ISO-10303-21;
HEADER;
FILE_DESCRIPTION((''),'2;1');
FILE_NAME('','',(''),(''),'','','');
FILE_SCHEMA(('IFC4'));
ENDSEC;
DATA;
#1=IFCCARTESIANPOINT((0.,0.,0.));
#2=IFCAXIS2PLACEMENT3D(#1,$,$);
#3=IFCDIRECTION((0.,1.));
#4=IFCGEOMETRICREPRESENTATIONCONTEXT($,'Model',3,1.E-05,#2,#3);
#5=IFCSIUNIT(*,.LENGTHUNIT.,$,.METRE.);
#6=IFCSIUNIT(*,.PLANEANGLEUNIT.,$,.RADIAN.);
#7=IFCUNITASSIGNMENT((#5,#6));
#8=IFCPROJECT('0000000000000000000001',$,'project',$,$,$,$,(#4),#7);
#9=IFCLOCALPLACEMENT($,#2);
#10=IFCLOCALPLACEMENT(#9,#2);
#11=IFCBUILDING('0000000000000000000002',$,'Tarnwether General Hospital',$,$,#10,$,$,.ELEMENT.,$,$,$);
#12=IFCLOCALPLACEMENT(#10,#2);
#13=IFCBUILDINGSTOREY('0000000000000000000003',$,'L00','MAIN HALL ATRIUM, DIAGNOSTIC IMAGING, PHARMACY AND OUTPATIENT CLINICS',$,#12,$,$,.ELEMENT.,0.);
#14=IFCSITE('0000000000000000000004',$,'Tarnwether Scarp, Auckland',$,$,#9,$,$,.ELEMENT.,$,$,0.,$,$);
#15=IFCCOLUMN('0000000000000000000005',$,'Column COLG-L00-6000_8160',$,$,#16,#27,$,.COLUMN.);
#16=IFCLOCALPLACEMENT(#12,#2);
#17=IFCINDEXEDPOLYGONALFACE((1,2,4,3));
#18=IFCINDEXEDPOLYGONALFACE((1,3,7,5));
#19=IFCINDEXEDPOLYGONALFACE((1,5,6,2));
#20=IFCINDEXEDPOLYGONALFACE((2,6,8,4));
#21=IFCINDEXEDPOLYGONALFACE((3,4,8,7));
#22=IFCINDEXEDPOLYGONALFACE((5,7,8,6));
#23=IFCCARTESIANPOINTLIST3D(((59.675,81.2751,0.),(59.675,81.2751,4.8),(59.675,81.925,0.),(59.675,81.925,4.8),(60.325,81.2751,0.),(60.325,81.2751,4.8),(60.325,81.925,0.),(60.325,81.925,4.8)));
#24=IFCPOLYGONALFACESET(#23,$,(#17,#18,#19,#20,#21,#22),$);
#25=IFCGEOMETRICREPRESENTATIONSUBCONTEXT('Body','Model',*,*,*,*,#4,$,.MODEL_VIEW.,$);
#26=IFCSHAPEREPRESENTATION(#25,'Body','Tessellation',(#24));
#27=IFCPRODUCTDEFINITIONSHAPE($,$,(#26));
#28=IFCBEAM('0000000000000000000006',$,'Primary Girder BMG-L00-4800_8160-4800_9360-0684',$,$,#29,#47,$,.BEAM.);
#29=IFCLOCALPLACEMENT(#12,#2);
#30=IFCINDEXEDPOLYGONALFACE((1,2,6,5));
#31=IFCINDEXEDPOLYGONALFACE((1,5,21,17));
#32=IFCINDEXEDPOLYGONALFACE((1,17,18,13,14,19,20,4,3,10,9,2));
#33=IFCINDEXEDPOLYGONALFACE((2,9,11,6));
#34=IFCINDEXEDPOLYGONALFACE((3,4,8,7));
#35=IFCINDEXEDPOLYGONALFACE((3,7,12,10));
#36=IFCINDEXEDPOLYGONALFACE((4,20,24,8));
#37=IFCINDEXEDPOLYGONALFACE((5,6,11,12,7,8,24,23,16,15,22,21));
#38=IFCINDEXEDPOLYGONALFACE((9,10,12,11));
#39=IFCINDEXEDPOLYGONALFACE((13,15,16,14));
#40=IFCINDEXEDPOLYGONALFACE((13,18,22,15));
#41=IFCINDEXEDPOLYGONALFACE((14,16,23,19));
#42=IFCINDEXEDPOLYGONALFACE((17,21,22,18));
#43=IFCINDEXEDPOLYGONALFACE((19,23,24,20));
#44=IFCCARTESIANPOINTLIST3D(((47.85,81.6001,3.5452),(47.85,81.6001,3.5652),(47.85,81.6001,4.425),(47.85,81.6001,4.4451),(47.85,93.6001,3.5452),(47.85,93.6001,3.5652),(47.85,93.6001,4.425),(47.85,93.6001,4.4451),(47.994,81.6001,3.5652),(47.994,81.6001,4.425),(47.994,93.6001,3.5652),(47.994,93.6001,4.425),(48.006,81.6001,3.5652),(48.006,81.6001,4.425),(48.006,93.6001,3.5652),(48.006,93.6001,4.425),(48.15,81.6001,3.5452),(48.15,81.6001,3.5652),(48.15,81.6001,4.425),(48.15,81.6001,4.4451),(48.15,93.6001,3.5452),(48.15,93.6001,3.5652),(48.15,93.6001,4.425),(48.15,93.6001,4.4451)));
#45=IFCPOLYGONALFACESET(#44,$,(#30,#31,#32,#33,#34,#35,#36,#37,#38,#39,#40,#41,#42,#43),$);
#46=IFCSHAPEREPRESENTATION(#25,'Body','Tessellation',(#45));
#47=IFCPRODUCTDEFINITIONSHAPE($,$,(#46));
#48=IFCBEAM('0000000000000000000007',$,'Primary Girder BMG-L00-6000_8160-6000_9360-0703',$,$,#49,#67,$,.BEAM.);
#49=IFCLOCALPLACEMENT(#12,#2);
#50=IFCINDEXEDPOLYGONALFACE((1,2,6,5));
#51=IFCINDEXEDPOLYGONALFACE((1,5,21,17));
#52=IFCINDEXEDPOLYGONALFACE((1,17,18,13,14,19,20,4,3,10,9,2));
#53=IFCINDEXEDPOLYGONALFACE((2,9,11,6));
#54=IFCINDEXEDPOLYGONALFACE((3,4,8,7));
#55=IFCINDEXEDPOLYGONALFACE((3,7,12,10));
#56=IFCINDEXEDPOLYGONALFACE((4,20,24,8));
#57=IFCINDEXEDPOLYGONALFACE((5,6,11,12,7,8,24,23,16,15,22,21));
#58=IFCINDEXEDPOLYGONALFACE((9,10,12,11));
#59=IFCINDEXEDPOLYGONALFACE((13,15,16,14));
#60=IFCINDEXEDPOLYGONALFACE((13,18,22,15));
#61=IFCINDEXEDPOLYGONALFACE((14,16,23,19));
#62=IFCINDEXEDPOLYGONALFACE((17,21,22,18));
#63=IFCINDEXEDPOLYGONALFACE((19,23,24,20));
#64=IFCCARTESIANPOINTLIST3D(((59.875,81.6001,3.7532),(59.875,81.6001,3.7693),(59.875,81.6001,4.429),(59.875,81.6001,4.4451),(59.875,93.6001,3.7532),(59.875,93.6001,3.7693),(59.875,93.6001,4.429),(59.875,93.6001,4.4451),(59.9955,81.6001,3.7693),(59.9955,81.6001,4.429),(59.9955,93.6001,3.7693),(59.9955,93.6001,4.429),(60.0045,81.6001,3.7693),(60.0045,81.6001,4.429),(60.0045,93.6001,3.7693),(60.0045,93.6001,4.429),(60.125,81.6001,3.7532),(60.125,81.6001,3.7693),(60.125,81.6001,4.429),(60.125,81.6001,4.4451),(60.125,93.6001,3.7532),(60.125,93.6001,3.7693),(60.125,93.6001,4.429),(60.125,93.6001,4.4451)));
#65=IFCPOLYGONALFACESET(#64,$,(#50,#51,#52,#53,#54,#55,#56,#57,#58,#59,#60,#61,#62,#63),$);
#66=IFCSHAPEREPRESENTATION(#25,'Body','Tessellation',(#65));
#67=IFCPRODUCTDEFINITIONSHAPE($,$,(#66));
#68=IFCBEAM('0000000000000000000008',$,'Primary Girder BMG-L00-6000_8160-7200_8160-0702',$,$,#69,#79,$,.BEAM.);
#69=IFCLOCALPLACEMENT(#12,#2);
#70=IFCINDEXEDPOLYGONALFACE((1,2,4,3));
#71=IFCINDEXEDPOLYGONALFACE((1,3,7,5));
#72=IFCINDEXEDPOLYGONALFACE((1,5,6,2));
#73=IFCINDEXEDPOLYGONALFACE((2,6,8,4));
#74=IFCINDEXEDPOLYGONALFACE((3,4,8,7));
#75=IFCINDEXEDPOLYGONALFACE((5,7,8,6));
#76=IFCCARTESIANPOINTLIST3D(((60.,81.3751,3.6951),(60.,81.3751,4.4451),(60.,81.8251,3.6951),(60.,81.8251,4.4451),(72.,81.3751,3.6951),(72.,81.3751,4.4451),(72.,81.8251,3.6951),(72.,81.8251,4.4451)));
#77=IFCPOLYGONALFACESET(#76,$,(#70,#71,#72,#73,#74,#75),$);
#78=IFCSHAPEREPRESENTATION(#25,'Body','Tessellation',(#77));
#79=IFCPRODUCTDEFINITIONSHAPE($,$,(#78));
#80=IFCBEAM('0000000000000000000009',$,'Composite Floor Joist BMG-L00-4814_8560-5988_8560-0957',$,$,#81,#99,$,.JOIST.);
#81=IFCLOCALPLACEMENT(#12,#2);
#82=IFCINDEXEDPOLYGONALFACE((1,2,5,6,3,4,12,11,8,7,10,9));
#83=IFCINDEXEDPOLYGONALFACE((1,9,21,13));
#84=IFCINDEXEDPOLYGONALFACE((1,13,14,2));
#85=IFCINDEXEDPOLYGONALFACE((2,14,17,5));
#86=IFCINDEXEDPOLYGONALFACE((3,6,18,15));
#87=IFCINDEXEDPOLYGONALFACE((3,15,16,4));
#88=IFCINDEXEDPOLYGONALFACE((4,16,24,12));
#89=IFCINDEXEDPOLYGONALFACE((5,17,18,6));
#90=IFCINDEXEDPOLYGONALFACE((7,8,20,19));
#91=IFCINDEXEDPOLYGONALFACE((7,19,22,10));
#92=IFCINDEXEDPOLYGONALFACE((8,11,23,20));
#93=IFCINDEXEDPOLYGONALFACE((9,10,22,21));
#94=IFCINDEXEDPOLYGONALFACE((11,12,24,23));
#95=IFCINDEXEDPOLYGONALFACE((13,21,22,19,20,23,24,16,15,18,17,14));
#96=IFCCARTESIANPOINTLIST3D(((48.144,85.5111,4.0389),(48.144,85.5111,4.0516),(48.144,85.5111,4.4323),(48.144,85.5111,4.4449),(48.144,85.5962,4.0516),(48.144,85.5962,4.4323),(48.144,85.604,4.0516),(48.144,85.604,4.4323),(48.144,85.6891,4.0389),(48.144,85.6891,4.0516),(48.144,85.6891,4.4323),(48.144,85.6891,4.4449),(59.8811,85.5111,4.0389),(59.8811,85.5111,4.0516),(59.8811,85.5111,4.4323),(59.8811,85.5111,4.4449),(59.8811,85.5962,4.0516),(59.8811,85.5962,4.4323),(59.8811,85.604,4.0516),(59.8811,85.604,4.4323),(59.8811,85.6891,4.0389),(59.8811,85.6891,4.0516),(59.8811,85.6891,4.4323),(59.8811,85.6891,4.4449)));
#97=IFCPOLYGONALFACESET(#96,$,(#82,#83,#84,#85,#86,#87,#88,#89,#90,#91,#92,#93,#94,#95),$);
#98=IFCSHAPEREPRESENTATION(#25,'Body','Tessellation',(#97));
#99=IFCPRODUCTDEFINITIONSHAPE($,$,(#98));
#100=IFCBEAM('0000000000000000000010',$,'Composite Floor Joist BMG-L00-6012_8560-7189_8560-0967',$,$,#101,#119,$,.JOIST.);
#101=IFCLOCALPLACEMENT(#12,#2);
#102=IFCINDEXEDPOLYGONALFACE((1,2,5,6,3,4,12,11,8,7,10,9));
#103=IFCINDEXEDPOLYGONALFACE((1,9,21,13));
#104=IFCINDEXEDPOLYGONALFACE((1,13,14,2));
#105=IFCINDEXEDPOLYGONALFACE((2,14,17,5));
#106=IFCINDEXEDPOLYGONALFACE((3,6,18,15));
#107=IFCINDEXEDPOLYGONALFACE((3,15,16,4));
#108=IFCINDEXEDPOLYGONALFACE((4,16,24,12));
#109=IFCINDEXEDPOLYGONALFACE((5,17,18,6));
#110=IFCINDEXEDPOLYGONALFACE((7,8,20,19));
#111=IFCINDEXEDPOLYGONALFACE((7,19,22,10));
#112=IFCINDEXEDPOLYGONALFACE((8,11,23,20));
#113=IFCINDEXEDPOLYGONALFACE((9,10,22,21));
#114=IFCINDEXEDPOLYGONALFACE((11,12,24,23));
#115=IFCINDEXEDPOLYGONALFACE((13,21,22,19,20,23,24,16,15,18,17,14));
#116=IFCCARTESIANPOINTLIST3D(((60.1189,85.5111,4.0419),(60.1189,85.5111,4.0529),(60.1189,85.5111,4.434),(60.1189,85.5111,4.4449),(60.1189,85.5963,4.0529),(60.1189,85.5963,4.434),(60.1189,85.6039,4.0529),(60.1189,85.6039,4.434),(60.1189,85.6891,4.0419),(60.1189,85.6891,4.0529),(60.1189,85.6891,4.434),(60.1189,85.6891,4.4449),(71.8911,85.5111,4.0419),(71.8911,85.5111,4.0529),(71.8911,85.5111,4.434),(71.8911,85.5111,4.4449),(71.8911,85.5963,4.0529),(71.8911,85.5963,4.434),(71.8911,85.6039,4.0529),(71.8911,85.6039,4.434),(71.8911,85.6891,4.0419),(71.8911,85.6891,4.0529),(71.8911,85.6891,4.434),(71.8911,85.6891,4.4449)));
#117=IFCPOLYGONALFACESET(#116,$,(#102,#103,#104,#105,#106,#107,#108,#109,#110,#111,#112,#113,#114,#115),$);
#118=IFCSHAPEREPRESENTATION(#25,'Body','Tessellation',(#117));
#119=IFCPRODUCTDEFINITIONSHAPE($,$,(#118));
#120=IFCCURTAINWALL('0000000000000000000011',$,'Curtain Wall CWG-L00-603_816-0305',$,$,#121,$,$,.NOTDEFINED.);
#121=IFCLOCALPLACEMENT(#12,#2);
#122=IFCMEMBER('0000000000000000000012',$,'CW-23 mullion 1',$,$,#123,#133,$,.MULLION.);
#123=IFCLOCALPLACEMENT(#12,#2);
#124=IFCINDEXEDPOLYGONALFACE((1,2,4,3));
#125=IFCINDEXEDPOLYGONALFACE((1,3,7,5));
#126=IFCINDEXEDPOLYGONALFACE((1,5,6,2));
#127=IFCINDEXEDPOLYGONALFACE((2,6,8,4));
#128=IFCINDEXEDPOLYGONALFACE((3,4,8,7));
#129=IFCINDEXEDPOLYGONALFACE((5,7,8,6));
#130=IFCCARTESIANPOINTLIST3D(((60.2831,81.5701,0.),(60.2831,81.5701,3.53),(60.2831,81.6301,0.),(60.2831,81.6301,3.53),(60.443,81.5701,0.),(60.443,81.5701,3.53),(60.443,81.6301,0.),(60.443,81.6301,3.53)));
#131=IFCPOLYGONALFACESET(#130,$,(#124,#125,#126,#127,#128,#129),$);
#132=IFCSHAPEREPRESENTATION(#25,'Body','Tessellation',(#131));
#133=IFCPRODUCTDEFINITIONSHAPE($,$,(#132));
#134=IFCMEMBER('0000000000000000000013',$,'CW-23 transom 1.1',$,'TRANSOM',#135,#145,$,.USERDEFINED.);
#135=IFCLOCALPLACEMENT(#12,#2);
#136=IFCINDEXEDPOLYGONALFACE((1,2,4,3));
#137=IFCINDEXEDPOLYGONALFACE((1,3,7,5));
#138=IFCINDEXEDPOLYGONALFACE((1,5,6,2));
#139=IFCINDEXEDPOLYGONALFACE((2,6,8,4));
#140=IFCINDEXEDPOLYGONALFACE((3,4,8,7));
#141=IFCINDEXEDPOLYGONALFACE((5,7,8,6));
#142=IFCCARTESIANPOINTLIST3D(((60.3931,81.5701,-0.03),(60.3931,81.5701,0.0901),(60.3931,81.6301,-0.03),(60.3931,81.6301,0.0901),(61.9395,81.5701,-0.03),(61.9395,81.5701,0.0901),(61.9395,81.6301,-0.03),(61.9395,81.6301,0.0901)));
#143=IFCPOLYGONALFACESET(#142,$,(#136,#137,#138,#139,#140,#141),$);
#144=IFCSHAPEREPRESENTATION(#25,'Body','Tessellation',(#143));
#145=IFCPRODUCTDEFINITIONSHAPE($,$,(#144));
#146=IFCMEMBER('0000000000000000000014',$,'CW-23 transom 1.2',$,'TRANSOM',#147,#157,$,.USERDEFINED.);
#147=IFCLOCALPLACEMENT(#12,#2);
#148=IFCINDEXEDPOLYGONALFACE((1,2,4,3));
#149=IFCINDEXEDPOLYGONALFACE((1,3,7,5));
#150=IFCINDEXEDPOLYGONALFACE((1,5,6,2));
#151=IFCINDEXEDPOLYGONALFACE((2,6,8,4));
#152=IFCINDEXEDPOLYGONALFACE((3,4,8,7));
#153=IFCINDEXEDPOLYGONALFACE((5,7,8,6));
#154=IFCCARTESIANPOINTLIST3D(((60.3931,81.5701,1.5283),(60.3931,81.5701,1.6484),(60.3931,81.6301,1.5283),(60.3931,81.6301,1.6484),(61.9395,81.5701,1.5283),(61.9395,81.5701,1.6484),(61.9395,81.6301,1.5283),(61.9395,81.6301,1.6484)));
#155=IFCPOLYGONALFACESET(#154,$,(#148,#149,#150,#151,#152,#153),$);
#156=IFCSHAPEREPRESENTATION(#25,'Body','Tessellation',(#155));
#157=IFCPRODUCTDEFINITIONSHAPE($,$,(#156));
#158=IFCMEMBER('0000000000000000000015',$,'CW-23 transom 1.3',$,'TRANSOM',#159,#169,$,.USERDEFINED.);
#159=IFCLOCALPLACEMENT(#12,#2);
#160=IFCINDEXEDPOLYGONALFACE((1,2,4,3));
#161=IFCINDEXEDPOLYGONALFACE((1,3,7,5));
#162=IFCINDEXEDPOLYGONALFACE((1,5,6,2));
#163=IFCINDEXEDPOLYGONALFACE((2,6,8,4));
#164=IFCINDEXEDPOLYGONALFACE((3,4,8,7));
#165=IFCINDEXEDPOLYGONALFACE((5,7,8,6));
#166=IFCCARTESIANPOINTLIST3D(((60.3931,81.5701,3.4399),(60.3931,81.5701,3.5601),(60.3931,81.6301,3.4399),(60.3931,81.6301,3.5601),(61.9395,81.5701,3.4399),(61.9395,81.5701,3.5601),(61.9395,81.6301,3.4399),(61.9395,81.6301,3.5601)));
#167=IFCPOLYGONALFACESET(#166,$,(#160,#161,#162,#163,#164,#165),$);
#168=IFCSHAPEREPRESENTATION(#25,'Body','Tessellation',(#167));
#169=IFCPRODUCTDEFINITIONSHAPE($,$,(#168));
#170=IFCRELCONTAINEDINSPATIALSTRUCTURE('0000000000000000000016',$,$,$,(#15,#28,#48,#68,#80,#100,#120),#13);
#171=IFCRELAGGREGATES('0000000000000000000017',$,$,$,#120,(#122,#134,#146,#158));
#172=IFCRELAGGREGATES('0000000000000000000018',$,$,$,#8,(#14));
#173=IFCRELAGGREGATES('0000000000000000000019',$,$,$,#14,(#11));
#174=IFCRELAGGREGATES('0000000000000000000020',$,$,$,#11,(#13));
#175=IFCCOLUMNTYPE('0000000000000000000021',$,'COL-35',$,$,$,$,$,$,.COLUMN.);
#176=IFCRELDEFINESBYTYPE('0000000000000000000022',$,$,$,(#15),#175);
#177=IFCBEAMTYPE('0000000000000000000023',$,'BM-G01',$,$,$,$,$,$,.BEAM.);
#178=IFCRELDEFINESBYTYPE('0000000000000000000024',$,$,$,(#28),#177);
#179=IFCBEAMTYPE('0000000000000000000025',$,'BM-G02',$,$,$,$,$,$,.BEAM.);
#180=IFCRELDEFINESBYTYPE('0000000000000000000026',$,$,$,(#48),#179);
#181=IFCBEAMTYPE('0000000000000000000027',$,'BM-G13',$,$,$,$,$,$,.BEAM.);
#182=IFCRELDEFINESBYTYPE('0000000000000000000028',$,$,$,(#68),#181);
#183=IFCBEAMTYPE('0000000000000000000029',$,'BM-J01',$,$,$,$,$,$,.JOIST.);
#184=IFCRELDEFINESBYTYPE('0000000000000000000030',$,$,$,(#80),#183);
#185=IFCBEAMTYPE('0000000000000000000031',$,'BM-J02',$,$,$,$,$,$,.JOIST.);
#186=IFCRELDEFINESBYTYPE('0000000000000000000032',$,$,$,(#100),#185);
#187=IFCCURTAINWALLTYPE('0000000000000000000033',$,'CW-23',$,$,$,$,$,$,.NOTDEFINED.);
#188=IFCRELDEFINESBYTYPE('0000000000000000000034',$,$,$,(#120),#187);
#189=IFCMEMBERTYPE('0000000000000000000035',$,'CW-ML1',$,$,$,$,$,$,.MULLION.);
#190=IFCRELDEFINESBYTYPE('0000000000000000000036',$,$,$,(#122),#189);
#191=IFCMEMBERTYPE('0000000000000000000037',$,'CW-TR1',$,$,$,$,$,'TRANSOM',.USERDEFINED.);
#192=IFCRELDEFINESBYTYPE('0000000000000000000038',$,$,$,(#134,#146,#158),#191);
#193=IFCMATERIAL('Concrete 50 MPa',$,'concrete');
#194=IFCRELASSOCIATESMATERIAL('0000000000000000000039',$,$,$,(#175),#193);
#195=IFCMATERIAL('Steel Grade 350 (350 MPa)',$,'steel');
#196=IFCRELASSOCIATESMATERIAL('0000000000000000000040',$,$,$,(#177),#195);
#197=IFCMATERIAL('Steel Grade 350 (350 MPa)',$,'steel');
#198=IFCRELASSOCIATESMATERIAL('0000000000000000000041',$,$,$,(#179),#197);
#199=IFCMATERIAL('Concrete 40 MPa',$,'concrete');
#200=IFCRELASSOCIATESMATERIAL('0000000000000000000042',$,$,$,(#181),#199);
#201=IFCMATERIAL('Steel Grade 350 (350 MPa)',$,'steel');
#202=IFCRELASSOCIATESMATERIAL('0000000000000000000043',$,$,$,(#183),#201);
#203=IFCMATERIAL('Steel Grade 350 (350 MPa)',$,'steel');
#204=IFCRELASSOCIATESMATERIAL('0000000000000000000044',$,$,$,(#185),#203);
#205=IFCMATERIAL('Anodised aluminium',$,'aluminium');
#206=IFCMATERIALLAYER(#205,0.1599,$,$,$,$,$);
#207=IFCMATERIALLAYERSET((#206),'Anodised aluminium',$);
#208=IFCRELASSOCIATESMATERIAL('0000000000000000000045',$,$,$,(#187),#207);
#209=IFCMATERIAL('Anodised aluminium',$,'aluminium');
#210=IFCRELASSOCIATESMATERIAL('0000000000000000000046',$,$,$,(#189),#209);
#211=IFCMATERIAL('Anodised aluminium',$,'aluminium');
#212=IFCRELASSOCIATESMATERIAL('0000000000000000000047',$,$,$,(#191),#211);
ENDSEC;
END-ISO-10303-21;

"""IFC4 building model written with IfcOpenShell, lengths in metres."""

from ifc_helpers import new_model, si_unit, direction, frame, origin, origin_2d, place, context, subcontext, project, spatial, rectangle, i_section, extrude, material, layer, layer_set, material_profile, profile_set, type_object, element, aggregate, save


model = new_model("IFC4")

# Units and contexts
model_context = context("Model", 3, precision=1e-05, world=origin(), true_north=direction((0.0, 1.0)))
body_context = subcontext(model_context, "Body", "Model", "MODEL_VIEW")
ifc_project = project(units=[si_unit("LENGTHUNIT", "METRE"), si_unit("PLANEANGLEUNIT", "RADIAN")], contexts=[model_context])

# Site, building, storey
site_placement = place(None, origin())
site = spatial("IfcSite", under=ifc_project, at=site_placement, Name="Tarnwether Scarp, Auckland", CompositionType="ELEMENT", RefElevation=0.0)
building_placement = place(site_placement, origin())
building = spatial("IfcBuilding", under=site, at=building_placement, Name="Tarnwether General Hospital", CompositionType="ELEMENT")
storey_placement = place(building_placement, origin())
storey = spatial("IfcBuildingStorey", under=building, at=storey_placement, Name="L00", Description="MAIN HALL ATRIUM, DIAGNOSTIC IMAGING, PHARMACY AND OUTPATIENT CLINICS", CompositionType="ELEMENT", Elevation=0.0)

# Column
ifc_material_1 = material(Name="Concrete 50 MPa", Category="concrete")
ifc_material_profile_1 = material_profile(ifc_material_1, rectangle(XDim=0.6499, YDim=0.6499, at=origin_2d()), Name="RC-COL-650x650")
ifc_profile_set_1 = profile_set([ifc_material_profile_1], Name="Concrete 50 MPa")
column_type = type_object("IfcColumnType", Name="COL-35", PredefinedType="COLUMN", material=ifc_profile_set_1)
column_placement = place(storey_placement, frame((60.0, 81.6001, 0.0), z_axis=(0.0, 0.0, 1.0), x_axis=(0.0, 1.0, 0.0)))
element("IfcColumn", 1, at=column_placement, inside=storey, type_object=column_type, Name="Column COLG-L00-6000_8160", PredefinedType="COLUMN", context=body_context, shape_type="SweptSolid", body=[
    extrude(rectangle(XDim=0.6499, YDim=0.6499, at=origin_2d()), origin(), (0.0, 0.0, 1.0), 4.8),
])

# Beams
ifc_material_2 = material(Name="Steel Grade 350 (350 MPa)", Category="steel")
ifc_material_profile_2 = material_profile(ifc_material_2, i_section(OverallWidth=0.3, OverallDepth=0.8999, WebThickness=0.012, FlangeThickness=0.02, at=origin_2d()), Name="900WB175")
ifc_profile_set_2 = profile_set([ifc_material_profile_2], Name="Steel Grade 350 (350 MPa)")
beam_type_1 = type_object("IfcBeamType", Name="BM-G01", PredefinedType="BEAM", material=ifc_profile_set_2)
beam_1_placement = place(storey_placement, frame((48.0, 81.6001, 3.9951), z_axis=(0.0, 1.0, 0.0), x_axis=(-1.0, 0.0, 0.0)))
element("IfcBeam", 2, at=beam_1_placement, inside=storey, type_object=beam_type_1, Name="Primary Girder BMG-L00-4800_8160-4800_9360-0684", PredefinedType="BEAM", context=body_context, shape_type="SweptSolid", body=[
    extrude(i_section(OverallWidth=0.3, OverallDepth=0.8999, WebThickness=0.012, FlangeThickness=0.02, at=origin_2d()), origin(), (0.0, 0.0, 1.0), 12.0),
])
ifc_material_3 = material(Name="Steel Grade 350 (350 MPa)", Category="steel")
ifc_material_profile_3 = material_profile(ifc_material_3, i_section(OverallWidth=0.25, OverallDepth=0.6919, WebThickness=0.009, FlangeThickness=0.0161, at=origin_2d()), Name="700WB115")
ifc_profile_set_3 = profile_set([ifc_material_profile_3], Name="Steel Grade 350 (350 MPa)")
beam_type_2 = type_object("IfcBeamType", Name="BM-G02", PredefinedType="BEAM", material=ifc_profile_set_3)
beam_2_placement = place(storey_placement, frame((60.0, 81.6001, 4.0991), z_axis=(0.0, 1.0, 0.0), x_axis=(-1.0, 0.0, 0.0)))
element("IfcBeam", 3, at=beam_2_placement, inside=storey, type_object=beam_type_2, Name="Primary Girder BMG-L00-6000_8160-6000_9360-0703", PredefinedType="BEAM", context=body_context, shape_type="SweptSolid", body=[
    extrude(i_section(OverallWidth=0.25, OverallDepth=0.6919, WebThickness=0.009, FlangeThickness=0.0161, at=origin_2d()), origin(), (0.0, 0.0, 1.0), 12.0),
])
ifc_material_4 = material(Name="Concrete 40 MPa", Category="concrete")
ifc_material_profile_4 = material_profile(ifc_material_4, rectangle(XDim=0.45, YDim=0.75, at=origin_2d()), Name="RC-BM-450x750")
ifc_profile_set_4 = profile_set([ifc_material_profile_4], Name="Concrete 40 MPa")
beam_type_3 = type_object("IfcBeamType", Name="BM-G13", PredefinedType="BEAM", material=ifc_profile_set_4)
beam_3_placement = place(storey_placement, frame((60.0, 81.6001, 4.0701), z_axis=(1.0, 0.0, 0.0), x_axis=(0.0, 1.0, 0.0)))
element("IfcBeam", 4, at=beam_3_placement, inside=storey, type_object=beam_type_3, Name="Primary Girder BMG-L00-6000_8160-7200_8160-0702", PredefinedType="BEAM", context=body_context, shape_type="SweptSolid", body=[
    extrude(rectangle(XDim=0.45, YDim=0.75, at=origin_2d()), origin(), (0.0, 0.0, 1.0), 12.0),
])
ifc_material_5 = material(Name="Steel Grade 350 (350 MPa)", Category="steel")
ifc_material_profile_5 = material_profile(ifc_material_5, i_section(OverallWidth=0.178, OverallDepth=0.406, WebThickness=0.0078, FlangeThickness=0.0127, at=origin_2d()), Name="410UB59.7")
ifc_profile_set_5 = profile_set([ifc_material_profile_5], Name="Steel Grade 350 (350 MPa)")
beam_type_4 = type_object("IfcBeamType", Name="BM-J01", PredefinedType="JOIST", material=ifc_profile_set_5)
beam_4_placement = place(storey_placement, frame((48.144, 85.6001, 4.2419), z_axis=(1.0, 0.0, 0.0), x_axis=(0.0, 1.0, 0.0)))
element("IfcBeam", 5, at=beam_4_placement, inside=storey, type_object=beam_type_4, Name="Composite Floor Joist BMG-L00-4814_8560-5988_8560-0957", PredefinedType="JOIST", context=body_context, shape_type="SweptSolid", body=[
    extrude(i_section(OverallWidth=0.178, OverallDepth=0.406, WebThickness=0.0078, FlangeThickness=0.0127, at=origin_2d()), origin(), (0.0, 0.0, 1.0), 11.7371),
])
ifc_material_6 = material(Name="Steel Grade 350 (350 MPa)", Category="steel")
ifc_material_profile_6 = material_profile(ifc_material_6, i_section(OverallWidth=0.178, OverallDepth=0.4031, WebThickness=0.0076, FlangeThickness=0.011, at=origin_2d()), Name="410UB53.7")
ifc_profile_set_6 = profile_set([ifc_material_profile_6], Name="Steel Grade 350 (350 MPa)")
beam_type_5 = type_object("IfcBeamType", Name="BM-J02", PredefinedType="JOIST", material=ifc_profile_set_6)
beam_5_placement = place(storey_placement, frame((60.1189, 85.6001, 4.2434), z_axis=(1.0, 0.0, 0.0), x_axis=(0.0, 1.0, 0.0)))
element("IfcBeam", 6, at=beam_5_placement, inside=storey, type_object=beam_type_5, Name="Composite Floor Joist BMG-L00-6012_8560-7189_8560-0967", PredefinedType="JOIST", context=body_context, shape_type="SweptSolid", body=[
    extrude(i_section(OverallWidth=0.178, OverallDepth=0.4031, WebThickness=0.0076, FlangeThickness=0.011, at=origin_2d()), origin(), (0.0, 0.0, 1.0), 11.7722),
])

# Curtain wall, members
ifc_material_7 = material(Name="Anodised aluminium", Category="aluminium")
ifc_layer_1 = layer(ifc_material_7, 0.1599)
ifc_layer_set_1 = layer_set([ifc_layer_1], Name="Anodised aluminium")
curtain_wall_type = type_object("IfcCurtainWallType", Name="CW-23", PredefinedType="NOTDEFINED", material=ifc_layer_set_1)
curtain_wall_placement = place(storey_placement, origin())
curtain_wall = element("IfcCurtainWall", 7, at=curtain_wall_placement, inside=storey, type_object=curtain_wall_type, Name="Curtain Wall CWG-L00-603_816-0305", PredefinedType="NOTDEFINED")
ifc_material_8 = material(Name="Anodised aluminium", Category="aluminium")
ifc_material_profile_7 = material_profile(ifc_material_8, rectangle(XDim=0.0601, YDim=0.1599, at=origin_2d()), Name="ALU-MUL-60x160")
ifc_profile_set_7 = profile_set([ifc_material_profile_7], Name="Anodised aluminium")
member_type_1 = type_object("IfcMemberType", Name="CW-ML1", PredefinedType="MULLION", material=ifc_profile_set_7)
member_1_placement = place(storey_placement, frame((60.363, 81.6001, 0.0), z_axis=(0.0, 0.0, 1.0), x_axis=(0.0, 1.0, 0.0)))
member_1 = element("IfcMember", 8, at=member_1_placement, type_object=member_type_1, Name="CW-23 mullion 1", PredefinedType="MULLION", context=body_context, shape_type="SweptSolid", body=[
    extrude(rectangle(XDim=0.0601, YDim=0.1599, at=origin_2d()), origin(), (0.0, 0.0, 1.0), 3.53),
])
ifc_material_9 = material(Name="Anodised aluminium", Category="aluminium")
ifc_material_profile_8 = material_profile(ifc_material_9, rectangle(XDim=0.0601, YDim=0.1201, at=origin_2d()), Name="ALU-TRN-60x120")
ifc_profile_set_8 = profile_set([ifc_material_profile_8], Name="Anodised aluminium")
member_type_2 = type_object("IfcMemberType", Name="CW-TR1", ElementType="TRANSOM", PredefinedType="USERDEFINED", material=ifc_profile_set_8)
member_2_placement = place(storey_placement, frame((60.3931, 81.6001, 0.03), z_axis=(1.0, 0.0, 0.0), x_axis=(0.0, 1.0, 0.0)))
member_2 = element("IfcMember", 9, at=member_2_placement, type_object=member_type_2, Name="CW-23 transom 1.1", ObjectType="TRANSOM", PredefinedType="USERDEFINED", context=body_context, shape_type="SweptSolid", body=[
    extrude(rectangle(XDim=0.0601, YDim=0.1201, at=origin_2d()), origin(), (0.0, 0.0, 1.0), 1.5464),
])
member_3_placement = place(storey_placement, frame((60.3931, 81.6001, 1.5884), z_axis=(1.0, 0.0, 0.0), x_axis=(0.0, 1.0, 0.0)))
member_3 = element("IfcMember", 10, at=member_3_placement, type_object=member_type_2, Name="CW-23 transom 1.2", ObjectType="TRANSOM", PredefinedType="USERDEFINED", context=body_context, shape_type="SweptSolid", body=[
    extrude(rectangle(XDim=0.0601, YDim=0.1201, at=origin_2d()), origin(), (0.0, 0.0, 1.0), 1.5464),
])
member_4_placement = place(storey_placement, frame((60.3931, 81.6001, 3.5), z_axis=(1.0, 0.0, 0.0), x_axis=(0.0, 1.0, 0.0)))
member_4 = element("IfcMember", 11, at=member_4_placement, type_object=member_type_2, Name="CW-23 transom 1.3", ObjectType="TRANSOM", PredefinedType="USERDEFINED", context=body_context, shape_type="SweptSolid", body=[
    extrude(rectangle(XDim=0.0601, YDim=0.1201, at=origin_2d()), origin(), (0.0, 0.0, 1.0), 1.5464),
])
aggregate(curtain_wall, [member_1, member_2, member_3, member_4])

save(model, "model.ifc")
